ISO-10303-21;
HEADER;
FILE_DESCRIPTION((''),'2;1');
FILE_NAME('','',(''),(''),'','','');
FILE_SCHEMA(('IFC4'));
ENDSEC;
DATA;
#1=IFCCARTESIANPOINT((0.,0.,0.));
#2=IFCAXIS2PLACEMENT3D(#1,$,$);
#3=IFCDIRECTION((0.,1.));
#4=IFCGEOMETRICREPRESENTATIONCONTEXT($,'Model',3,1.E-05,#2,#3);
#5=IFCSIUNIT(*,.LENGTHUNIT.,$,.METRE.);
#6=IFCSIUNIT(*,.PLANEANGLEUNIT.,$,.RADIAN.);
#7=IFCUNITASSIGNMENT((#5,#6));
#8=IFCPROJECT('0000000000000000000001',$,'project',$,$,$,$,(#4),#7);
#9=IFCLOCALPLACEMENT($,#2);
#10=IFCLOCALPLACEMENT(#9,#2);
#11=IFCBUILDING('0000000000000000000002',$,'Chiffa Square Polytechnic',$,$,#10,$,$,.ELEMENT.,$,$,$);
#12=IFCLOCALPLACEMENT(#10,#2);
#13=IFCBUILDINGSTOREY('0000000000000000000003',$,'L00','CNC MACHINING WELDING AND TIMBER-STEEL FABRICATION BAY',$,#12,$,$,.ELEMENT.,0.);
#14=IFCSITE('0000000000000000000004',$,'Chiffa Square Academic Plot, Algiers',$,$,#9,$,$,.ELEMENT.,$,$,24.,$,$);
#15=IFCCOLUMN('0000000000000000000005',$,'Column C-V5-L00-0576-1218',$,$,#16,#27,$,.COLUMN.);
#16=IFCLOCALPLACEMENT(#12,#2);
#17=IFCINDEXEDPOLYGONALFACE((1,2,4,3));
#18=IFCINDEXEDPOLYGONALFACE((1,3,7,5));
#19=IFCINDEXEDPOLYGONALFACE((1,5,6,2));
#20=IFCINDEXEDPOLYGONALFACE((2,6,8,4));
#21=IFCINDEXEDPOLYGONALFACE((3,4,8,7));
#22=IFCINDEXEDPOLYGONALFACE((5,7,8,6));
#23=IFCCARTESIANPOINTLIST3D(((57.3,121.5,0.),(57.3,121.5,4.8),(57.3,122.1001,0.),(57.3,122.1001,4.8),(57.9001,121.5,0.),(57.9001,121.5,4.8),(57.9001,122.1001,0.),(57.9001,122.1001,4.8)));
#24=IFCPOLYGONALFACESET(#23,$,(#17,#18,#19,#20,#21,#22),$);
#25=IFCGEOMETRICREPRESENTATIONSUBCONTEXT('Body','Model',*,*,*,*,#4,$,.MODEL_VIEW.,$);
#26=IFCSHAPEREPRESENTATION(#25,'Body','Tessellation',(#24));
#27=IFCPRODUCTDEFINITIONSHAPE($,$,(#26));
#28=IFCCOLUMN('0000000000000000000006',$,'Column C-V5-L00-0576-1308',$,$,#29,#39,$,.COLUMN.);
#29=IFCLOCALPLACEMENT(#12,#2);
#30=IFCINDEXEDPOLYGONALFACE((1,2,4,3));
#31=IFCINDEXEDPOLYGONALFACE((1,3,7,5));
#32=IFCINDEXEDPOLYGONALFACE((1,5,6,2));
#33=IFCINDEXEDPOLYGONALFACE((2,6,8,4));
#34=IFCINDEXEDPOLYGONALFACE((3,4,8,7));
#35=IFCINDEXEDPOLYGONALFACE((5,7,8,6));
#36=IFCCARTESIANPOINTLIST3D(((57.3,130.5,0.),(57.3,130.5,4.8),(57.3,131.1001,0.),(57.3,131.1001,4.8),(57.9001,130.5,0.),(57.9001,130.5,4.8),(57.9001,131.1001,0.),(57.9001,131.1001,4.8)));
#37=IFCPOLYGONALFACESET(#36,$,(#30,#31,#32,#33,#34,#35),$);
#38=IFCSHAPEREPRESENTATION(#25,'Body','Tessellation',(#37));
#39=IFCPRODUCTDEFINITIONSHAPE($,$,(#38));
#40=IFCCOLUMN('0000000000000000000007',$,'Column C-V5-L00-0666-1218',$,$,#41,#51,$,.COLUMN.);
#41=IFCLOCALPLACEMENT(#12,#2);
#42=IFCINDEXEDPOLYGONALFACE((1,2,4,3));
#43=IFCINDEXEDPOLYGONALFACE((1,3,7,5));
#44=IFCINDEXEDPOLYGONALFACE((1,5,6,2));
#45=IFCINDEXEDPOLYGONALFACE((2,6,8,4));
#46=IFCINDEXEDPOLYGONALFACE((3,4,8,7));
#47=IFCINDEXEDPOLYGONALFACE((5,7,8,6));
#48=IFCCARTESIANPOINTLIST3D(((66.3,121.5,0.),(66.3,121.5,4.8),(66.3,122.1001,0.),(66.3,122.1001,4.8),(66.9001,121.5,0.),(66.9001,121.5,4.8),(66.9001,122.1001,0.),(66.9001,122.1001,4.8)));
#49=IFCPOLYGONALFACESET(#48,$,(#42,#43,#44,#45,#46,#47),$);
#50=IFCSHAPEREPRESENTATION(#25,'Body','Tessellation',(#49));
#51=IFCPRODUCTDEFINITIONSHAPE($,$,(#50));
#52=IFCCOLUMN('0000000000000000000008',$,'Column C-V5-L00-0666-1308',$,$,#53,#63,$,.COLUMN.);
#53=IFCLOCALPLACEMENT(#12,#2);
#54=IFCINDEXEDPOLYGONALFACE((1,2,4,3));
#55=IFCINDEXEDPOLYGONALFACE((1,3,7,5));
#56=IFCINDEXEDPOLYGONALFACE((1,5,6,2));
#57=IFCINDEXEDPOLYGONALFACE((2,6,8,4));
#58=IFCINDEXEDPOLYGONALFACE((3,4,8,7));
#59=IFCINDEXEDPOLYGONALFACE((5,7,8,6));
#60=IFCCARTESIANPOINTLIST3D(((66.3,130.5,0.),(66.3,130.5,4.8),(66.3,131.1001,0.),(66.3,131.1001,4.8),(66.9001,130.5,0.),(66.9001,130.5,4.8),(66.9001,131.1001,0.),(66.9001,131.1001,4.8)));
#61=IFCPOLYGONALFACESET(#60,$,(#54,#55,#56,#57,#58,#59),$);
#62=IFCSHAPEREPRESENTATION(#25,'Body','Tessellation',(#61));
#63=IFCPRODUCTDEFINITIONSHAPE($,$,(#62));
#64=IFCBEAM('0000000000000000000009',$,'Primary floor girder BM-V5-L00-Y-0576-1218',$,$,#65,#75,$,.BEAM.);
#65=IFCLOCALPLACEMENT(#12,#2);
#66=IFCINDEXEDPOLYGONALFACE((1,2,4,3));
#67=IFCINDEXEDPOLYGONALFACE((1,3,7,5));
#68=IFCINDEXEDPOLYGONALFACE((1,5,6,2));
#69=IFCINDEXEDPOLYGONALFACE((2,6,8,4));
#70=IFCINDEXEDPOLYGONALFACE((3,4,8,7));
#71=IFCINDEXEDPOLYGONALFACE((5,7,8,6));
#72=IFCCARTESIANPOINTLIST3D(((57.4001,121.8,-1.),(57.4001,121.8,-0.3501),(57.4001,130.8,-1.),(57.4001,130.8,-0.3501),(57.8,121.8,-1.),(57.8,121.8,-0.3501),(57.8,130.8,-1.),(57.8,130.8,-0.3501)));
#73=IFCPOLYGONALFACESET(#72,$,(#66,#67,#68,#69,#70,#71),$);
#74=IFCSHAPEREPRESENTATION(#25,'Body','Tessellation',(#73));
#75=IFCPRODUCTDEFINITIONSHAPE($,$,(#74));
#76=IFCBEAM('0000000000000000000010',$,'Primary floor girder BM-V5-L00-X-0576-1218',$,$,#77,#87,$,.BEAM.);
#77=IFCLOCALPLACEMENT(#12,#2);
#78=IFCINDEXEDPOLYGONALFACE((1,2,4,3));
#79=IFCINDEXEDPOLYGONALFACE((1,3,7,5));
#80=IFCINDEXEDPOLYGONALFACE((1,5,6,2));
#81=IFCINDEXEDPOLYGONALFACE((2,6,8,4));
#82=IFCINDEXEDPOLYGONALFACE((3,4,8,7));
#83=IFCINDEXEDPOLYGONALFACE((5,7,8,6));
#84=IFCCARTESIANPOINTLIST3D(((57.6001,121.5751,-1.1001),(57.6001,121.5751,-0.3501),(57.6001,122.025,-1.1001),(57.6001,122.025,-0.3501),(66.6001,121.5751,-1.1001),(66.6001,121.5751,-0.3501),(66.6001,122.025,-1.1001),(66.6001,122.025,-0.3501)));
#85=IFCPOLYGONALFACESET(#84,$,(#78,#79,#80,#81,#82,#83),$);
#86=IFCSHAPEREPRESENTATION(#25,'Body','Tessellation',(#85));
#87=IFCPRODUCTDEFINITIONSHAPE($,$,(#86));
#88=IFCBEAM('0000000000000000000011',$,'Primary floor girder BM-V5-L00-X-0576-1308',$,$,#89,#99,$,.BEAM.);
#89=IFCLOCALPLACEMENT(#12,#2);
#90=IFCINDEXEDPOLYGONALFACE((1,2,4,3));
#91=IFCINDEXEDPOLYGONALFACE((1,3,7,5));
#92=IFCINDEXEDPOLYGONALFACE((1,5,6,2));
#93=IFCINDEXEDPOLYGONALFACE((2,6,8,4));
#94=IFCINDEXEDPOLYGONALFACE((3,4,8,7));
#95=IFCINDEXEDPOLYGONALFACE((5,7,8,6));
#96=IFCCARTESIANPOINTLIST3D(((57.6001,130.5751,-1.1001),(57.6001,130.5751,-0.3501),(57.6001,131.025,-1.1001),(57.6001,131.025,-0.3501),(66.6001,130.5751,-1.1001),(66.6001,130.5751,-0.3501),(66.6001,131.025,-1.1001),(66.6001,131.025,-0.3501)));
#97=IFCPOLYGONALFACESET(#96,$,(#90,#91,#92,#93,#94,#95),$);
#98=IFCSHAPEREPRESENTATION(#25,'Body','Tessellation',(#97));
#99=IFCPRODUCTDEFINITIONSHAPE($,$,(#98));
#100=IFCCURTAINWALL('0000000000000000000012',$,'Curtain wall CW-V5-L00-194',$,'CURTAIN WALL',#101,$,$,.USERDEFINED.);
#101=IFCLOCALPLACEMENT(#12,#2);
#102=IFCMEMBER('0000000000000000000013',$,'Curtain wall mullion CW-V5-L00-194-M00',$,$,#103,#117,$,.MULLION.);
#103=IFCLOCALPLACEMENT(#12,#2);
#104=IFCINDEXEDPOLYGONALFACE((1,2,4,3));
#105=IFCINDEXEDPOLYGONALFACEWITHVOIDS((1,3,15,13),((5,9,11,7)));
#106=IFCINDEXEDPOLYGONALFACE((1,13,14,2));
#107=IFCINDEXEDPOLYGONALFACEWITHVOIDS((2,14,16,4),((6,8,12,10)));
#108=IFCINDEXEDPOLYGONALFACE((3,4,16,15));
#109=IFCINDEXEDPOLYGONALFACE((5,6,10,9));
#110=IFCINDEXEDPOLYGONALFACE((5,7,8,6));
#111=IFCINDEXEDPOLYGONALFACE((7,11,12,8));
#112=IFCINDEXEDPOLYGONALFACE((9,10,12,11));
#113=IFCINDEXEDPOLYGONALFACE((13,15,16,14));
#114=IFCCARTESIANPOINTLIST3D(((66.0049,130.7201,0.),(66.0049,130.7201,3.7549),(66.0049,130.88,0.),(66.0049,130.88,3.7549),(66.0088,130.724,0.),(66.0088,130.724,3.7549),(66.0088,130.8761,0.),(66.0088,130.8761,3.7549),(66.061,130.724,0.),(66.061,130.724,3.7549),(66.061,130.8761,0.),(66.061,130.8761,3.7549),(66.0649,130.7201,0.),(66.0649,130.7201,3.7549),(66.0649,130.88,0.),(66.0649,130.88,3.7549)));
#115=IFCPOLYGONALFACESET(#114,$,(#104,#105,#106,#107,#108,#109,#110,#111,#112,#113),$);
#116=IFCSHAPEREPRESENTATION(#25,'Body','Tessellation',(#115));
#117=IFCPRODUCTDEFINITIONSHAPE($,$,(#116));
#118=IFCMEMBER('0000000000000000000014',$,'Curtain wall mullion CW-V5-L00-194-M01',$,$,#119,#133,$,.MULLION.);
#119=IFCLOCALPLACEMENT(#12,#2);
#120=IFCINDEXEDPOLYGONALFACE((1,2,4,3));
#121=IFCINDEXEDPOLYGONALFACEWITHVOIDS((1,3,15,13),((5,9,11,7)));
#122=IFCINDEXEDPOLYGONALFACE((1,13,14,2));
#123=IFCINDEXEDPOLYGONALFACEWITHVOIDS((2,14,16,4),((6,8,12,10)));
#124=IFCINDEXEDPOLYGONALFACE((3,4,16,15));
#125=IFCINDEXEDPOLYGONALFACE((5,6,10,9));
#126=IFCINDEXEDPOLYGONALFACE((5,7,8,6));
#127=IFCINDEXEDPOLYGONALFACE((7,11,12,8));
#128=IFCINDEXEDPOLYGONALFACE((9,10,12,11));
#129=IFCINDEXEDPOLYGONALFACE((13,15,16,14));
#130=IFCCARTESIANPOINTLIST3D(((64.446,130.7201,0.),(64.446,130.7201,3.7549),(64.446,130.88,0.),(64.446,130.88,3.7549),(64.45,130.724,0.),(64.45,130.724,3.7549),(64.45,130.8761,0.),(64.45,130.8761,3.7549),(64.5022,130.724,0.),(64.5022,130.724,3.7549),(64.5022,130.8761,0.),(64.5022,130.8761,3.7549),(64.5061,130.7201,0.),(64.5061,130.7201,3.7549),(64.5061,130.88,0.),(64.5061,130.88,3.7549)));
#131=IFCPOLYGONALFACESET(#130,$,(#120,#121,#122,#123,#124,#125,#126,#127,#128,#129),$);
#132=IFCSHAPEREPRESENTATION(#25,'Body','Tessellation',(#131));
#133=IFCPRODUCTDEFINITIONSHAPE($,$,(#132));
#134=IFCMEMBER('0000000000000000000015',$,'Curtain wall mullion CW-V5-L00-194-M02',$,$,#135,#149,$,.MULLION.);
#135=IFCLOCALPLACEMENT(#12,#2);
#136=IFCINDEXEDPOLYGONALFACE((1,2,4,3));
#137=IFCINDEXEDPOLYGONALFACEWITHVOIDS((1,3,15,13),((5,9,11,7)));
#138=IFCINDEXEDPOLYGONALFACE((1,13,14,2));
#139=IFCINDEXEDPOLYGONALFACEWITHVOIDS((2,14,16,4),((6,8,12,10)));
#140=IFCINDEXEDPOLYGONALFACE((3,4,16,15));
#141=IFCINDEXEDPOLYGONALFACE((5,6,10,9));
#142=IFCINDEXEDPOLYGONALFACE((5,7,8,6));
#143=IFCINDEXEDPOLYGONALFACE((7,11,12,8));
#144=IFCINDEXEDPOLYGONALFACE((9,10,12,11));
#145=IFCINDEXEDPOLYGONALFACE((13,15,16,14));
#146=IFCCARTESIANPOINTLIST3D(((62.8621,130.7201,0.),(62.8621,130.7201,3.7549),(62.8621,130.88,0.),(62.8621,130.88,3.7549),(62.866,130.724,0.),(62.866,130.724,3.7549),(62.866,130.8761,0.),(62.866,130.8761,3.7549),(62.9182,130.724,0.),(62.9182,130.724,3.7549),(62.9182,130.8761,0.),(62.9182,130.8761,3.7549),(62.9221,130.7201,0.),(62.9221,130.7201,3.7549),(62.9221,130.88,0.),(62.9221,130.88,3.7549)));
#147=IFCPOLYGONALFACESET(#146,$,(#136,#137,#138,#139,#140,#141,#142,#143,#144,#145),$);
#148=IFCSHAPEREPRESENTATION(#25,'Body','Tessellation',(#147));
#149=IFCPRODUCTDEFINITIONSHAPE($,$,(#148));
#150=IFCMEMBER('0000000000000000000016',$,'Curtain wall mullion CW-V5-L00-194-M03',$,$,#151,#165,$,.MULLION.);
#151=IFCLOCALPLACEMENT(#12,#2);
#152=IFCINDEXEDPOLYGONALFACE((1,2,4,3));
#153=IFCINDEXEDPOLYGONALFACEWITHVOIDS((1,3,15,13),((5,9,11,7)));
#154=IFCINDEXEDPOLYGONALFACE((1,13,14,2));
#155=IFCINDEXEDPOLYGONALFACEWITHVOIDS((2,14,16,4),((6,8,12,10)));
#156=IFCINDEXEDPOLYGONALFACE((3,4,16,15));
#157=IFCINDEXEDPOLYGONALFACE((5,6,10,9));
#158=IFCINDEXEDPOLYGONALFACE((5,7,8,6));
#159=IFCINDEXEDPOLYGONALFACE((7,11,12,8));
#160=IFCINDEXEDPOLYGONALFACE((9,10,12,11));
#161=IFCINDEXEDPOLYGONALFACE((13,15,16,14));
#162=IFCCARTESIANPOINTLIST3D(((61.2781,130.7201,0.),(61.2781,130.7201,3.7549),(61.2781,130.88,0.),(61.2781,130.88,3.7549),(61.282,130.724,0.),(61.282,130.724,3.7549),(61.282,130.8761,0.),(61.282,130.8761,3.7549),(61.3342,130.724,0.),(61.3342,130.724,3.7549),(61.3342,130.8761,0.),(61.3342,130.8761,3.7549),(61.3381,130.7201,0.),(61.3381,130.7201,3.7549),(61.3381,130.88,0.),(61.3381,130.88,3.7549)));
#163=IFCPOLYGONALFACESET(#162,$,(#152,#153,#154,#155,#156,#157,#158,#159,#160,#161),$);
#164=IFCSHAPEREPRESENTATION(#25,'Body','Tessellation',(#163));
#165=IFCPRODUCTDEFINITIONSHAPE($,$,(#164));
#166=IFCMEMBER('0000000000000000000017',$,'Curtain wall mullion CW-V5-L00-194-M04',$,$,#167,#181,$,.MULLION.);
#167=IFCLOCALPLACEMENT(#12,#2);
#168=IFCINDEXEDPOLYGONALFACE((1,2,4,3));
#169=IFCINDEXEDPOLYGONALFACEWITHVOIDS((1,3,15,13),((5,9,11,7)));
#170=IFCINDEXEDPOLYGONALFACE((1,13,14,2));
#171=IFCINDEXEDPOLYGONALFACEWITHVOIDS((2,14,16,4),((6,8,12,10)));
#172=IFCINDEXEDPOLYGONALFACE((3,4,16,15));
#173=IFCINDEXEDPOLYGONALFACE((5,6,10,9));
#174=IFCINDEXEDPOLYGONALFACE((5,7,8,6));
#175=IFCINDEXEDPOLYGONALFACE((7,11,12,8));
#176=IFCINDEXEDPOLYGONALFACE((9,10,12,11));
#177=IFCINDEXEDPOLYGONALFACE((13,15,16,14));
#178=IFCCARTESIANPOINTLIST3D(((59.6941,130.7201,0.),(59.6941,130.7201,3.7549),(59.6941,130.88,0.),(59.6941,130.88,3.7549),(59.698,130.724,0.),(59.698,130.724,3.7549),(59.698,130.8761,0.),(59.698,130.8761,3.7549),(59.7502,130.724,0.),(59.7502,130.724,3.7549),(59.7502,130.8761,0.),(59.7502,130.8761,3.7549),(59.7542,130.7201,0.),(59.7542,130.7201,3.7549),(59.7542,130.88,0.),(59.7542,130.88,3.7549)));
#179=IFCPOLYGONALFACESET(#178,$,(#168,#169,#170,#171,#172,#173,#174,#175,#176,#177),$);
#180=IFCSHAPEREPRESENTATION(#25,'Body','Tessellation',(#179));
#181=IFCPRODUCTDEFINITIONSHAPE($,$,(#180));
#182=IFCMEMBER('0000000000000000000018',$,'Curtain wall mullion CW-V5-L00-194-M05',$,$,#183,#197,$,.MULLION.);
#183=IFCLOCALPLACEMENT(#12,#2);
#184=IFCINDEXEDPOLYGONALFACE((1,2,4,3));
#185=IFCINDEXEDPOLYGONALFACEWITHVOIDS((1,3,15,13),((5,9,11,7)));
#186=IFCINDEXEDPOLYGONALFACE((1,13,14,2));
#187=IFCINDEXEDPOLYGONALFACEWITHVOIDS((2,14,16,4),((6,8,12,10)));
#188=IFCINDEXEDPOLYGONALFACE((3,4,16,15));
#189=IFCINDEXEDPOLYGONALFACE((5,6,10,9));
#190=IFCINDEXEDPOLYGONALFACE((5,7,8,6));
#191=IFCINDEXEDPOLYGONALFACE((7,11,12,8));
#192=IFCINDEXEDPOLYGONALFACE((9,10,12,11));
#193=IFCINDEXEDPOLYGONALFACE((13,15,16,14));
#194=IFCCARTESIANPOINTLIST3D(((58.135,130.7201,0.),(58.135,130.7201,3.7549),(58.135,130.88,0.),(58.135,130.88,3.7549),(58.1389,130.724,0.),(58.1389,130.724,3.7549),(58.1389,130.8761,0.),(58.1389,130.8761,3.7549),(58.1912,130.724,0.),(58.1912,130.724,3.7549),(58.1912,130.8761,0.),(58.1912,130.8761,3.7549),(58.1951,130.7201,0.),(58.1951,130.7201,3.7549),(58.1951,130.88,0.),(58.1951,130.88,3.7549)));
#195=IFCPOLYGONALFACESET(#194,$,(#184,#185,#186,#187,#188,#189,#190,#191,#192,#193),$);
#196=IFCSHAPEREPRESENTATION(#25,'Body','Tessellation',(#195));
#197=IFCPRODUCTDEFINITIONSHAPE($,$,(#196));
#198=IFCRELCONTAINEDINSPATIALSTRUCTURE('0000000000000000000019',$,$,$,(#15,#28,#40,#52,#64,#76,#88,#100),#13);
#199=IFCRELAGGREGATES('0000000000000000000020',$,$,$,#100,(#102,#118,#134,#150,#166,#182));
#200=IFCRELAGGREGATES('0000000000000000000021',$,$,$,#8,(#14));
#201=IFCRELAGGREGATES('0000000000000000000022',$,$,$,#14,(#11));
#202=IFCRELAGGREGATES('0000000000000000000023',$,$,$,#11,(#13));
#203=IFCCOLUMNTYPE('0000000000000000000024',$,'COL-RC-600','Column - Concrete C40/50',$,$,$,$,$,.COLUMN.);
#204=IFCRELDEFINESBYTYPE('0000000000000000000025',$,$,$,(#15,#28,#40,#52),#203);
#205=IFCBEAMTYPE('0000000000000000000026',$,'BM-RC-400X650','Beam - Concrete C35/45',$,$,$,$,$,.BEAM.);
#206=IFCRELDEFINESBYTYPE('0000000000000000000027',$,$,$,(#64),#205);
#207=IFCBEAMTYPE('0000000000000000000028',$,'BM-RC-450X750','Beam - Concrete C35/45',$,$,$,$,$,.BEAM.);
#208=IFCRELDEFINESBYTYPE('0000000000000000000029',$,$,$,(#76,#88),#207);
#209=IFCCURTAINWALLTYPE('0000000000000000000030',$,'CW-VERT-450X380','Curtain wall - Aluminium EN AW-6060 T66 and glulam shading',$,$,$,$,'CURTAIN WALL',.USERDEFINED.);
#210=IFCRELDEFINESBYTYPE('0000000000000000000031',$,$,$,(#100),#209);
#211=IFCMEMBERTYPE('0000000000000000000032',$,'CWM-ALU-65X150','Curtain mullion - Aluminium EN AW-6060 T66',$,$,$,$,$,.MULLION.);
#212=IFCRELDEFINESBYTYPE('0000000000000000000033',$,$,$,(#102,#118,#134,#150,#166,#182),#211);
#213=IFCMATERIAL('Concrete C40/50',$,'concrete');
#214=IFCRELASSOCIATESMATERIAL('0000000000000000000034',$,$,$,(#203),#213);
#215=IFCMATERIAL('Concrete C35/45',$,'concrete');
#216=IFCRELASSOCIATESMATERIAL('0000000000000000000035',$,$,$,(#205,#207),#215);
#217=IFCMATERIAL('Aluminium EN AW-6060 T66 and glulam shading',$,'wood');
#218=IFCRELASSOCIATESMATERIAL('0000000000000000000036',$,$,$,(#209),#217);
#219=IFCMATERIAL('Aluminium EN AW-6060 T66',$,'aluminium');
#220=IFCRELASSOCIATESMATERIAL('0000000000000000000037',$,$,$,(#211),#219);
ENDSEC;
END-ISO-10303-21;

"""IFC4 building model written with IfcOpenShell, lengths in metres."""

from ifc_helpers import new_model, si_unit, direction, frame, origin, origin_2d, place, context, subcontext, project, spatial, rectangle, hollow_rectangle, extrude, material, material_profile, profile_set, type_object, element, aggregate, save


model = new_model("IFC4")

# Units and contexts
model_context = context("Model", 3, precision=1e-05, world=origin(), true_north=direction((0.0, 1.0)))
body_context = subcontext(model_context, "Body", "Model", "MODEL_VIEW")
ifc_project = project(units=[si_unit("LENGTHUNIT", "METRE"), si_unit("PLANEANGLEUNIT", "RADIAN")], contexts=[model_context])

# Site, building, storey
site_placement = place(None, origin())
site = spatial("IfcSite", under=ifc_project, at=site_placement, Name="Chiffa Square Academic Plot, Algiers", CompositionType="ELEMENT", RefElevation=24.0)
building_placement = place(site_placement, origin())
building = spatial("IfcBuilding", under=site, at=building_placement, Name="Chiffa Square Polytechnic", CompositionType="ELEMENT")
storey_placement = place(building_placement, origin())
storey = spatial("IfcBuildingStorey", under=building, at=storey_placement, Name="L00", Description="CNC MACHINING WELDING AND TIMBER-STEEL FABRICATION BAY", CompositionType="ELEMENT", Elevation=0.0)

# Columns
ifc_material_1 = material(Name="Concrete C40/50", Category="concrete")
ifc_material_profile_1 = material_profile(ifc_material_1, rectangle(XDim=0.6001, YDim=0.6001, at=origin_2d()), Name="RC 600x600")
ifc_profile_set_1 = profile_set([ifc_material_profile_1], Name="Concrete C40/50")
column_type = type_object("IfcColumnType", Name="COL-RC-600", Description="Column - Concrete C40/50", PredefinedType="COLUMN", material=ifc_profile_set_1)
for number, where, z_axis, x_axis, name in (
    (1, (57.6001, 121.8, 0.0), (0.0, 0.0, 1.0), (1.0, 0.0, 0.0), "Column C-V5-L00-0576-1218"),
    (2, (57.6001, 130.8, 0.0), (0.0, 0.0, 1.0), (1.0, 0.0, 0.0), "Column C-V5-L00-0576-1308"),
    (3, (66.6001, 121.8, 0.0), (0.0, 0.0, 1.0), (1.0, 0.0, 0.0), "Column C-V5-L00-0666-1218"),
    (4, (66.6001, 130.8, 0.0), (0.0, 0.0, 1.0), (1.0, 0.0, 0.0), "Column C-V5-L00-0666-1308"),
):
    element("IfcColumn", number, at=place(storey_placement, frame(where, z_axis=z_axis, x_axis=x_axis)), inside=storey, type_object=column_type, Name=name, PredefinedType="COLUMN", context=body_context, shape_type="SweptSolid", body=[
        extrude(rectangle(XDim=0.6001, YDim=0.6001, at=origin_2d()), origin(), (0.0, 0.0, 1.0), 4.8),
    ])

# Beams
ifc_material_2 = material(Name="Concrete C35/45", Category="concrete")
ifc_material_profile_2 = material_profile(ifc_material_2, rectangle(XDim=0.3999, YDim=0.6499, at=origin_2d()), Name="RC 400x650")
ifc_profile_set_2 = profile_set([ifc_material_profile_2], Name="Concrete C35/45")
beam_type_1 = type_object("IfcBeamType", Name="BM-RC-400X650", Description="Beam - Concrete C35/45", PredefinedType="BEAM", material=ifc_profile_set_2)
beam_1_placement = place(storey_placement, frame((57.6001, 121.8, -0.675), z_axis=(0.0, 1.0, 0.0), x_axis=(-1.0, 0.0, 0.0)))
element("IfcBeam", 5, at=beam_1_placement, inside=storey, type_object=beam_type_1, Name="Primary floor girder BM-V5-L00-Y-0576-1218", PredefinedType="BEAM", context=body_context, shape_type="SweptSolid", body=[
    extrude(rectangle(XDim=0.3999, YDim=0.6499, at=origin_2d()), origin(), (0.0, 0.0, 1.0), 9.0),
])
ifc_material_profile_3 = material_profile(ifc_material_2, rectangle(XDim=0.45, YDim=0.75, at=origin_2d()), Name="RC 450x750")
ifc_profile_set_3 = profile_set([ifc_material_profile_3], Name="Concrete C35/45")
beam_type_2 = type_object("IfcBeamType", Name="BM-RC-450X750", Description="Beam - Concrete C35/45", PredefinedType="BEAM", material=ifc_profile_set_3)
for number, where, z_axis, x_axis, name in (
    (6, (57.6001, 121.8, -0.7251), (1.0, 0.0, 0.0), (0.0, 1.0, 0.0), "Primary floor girder BM-V5-L00-X-0576-1218"),
    (7, (57.6001, 130.8, -0.7251), (1.0, 0.0, 0.0), (0.0, 1.0, 0.0), "Primary floor girder BM-V5-L00-X-0576-1308"),
):
    element("IfcBeam", number, at=place(storey_placement, frame(where, z_axis=z_axis, x_axis=x_axis)), inside=storey, type_object=beam_type_2, Name=name, PredefinedType="BEAM", context=body_context, shape_type="SweptSolid", body=[
        extrude(rectangle(XDim=0.45, YDim=0.75, at=origin_2d()), origin(), (0.0, 0.0, 1.0), 9.0),
    ])

# Curtain wall, members
ifc_material_3 = material(Name="Aluminium EN AW-6060 T66 and glulam shading", Category="wood")
curtain_wall_type = type_object("IfcCurtainWallType", Name="CW-VERT-450X380", Description="Curtain wall - Aluminium EN AW-6060 T66 and glulam shading", ElementType="CURTAIN WALL", PredefinedType="USERDEFINED", material=ifc_material_3)
curtain_wall_placement = place(storey_placement, origin())
curtain_wall = element("IfcCurtainWall", 8, at=curtain_wall_placement, inside=storey, type_object=curtain_wall_type, Name="Curtain wall CW-V5-L00-194", ObjectType="CURTAIN WALL", PredefinedType="USERDEFINED")
ifc_material_4 = material(Name="Aluminium EN AW-6060 T66", Category="aluminium")
ifc_material_profile_4 = material_profile(ifc_material_4, hollow_rectangle(XDim=0.0601, YDim=0.1599, WallThickness=0.0039, at=origin_2d()), Name="ALU 60x160x4")
ifc_profile_set_4 = profile_set([ifc_material_profile_4], Name="Aluminium EN AW-6060 T66")
member_type_1 = type_object("IfcMemberType", Name="CWM-ALU-65X150", Description="Curtain mullion - Aluminium EN AW-6060 T66", PredefinedType="MULLION", material=ifc_profile_set_4)
member_1_placement = place(storey_placement, frame((66.0349, 130.8, 0.0), z_axis=(0.0, 0.0, 1.0), x_axis=(1.0, 0.0, 0.0)))
member_1 = element("IfcMember", 9, at=member_1_placement, type_object=member_type_1, Name="Curtain wall mullion CW-V5-L00-194-M00", PredefinedType="MULLION", context=body_context, shape_type="SweptSolid", body=[
    extrude(hollow_rectangle(XDim=0.0601, YDim=0.1599, WallThickness=0.0039, at=origin_2d()), origin(), (0.0, 0.0, 1.0), 3.7549),
])
member_2_placement = place(storey_placement, frame((64.4761, 130.8, 0.0), z_axis=(0.0, 0.0, 1.0), x_axis=(1.0, 0.0, 0.0)))
member_2 = element("IfcMember", 10, at=member_2_placement, type_object=member_type_1, Name="Curtain wall mullion CW-V5-L00-194-M01", PredefinedType="MULLION", context=body_context, shape_type="SweptSolid", body=[
    extrude(hollow_rectangle(XDim=0.0601, YDim=0.1599, WallThickness=0.0039, at=origin_2d()), origin(), (0.0, 0.0, 1.0), 3.7549),
])
member_3_placement = place(storey_placement, frame((62.8921, 130.8, 0.0), z_axis=(0.0, 0.0, 1.0), x_axis=(1.0, 0.0, 0.0)))
member_3 = element("IfcMember", 11, at=member_3_placement, type_object=member_type_1, Name="Curtain wall mullion CW-V5-L00-194-M02", PredefinedType="MULLION", context=body_context, shape_type="SweptSolid", body=[
    extrude(hollow_rectangle(XDim=0.0601, YDim=0.1599, WallThickness=0.0039, at=origin_2d()), origin(), (0.0, 0.0, 1.0), 3.7549),
])
member_4_placement = place(storey_placement, frame((61.3081, 130.8, 0.0), z_axis=(0.0, 0.0, 1.0), x_axis=(1.0, 0.0, 0.0)))
member_4 = element("IfcMember", 12, at=member_4_placement, type_object=member_type_1, Name="Curtain wall mullion CW-V5-L00-194-M03", PredefinedType="MULLION", context=body_context, shape_type="SweptSolid", body=[
    extrude(hollow_rectangle(XDim=0.0601, YDim=0.1599, WallThickness=0.0039, at=origin_2d()), origin(), (0.0, 0.0, 1.0), 3.7549),
])
member_5_placement = place(storey_placement, frame((59.7241, 130.8, 0.0), z_axis=(0.0, 0.0, 1.0), x_axis=(1.0, 0.0, 0.0)))
member_5 = element("IfcMember", 13, at=member_5_placement, type_object=member_type_1, Name="Curtain wall mullion CW-V5-L00-194-M04", PredefinedType="MULLION", context=body_context, shape_type="SweptSolid", body=[
    extrude(hollow_rectangle(XDim=0.0601, YDim=0.1599, WallThickness=0.0039, at=origin_2d()), origin(), (0.0, 0.0, 1.0), 3.7549),
])
member_6_placement = place(storey_placement, frame((58.165, 130.8, 0.0), z_axis=(0.0, 0.0, 1.0), x_axis=(1.0, 0.0, 0.0)))
member_6 = element("IfcMember", 14, at=member_6_placement, type_object=member_type_1, Name="Curtain wall mullion CW-V5-L00-194-M05", PredefinedType="MULLION", context=body_context, shape_type="SweptSolid", body=[
    extrude(hollow_rectangle(XDim=0.0601, YDim=0.1599, WallThickness=0.0039, at=origin_2d()), origin(), (0.0, 0.0, 1.0), 3.7549),
])

aggregate(curtain_wall, [member_1, member_2, member_3, member_4, member_5, member_6])

save(model, "model.ifc")
